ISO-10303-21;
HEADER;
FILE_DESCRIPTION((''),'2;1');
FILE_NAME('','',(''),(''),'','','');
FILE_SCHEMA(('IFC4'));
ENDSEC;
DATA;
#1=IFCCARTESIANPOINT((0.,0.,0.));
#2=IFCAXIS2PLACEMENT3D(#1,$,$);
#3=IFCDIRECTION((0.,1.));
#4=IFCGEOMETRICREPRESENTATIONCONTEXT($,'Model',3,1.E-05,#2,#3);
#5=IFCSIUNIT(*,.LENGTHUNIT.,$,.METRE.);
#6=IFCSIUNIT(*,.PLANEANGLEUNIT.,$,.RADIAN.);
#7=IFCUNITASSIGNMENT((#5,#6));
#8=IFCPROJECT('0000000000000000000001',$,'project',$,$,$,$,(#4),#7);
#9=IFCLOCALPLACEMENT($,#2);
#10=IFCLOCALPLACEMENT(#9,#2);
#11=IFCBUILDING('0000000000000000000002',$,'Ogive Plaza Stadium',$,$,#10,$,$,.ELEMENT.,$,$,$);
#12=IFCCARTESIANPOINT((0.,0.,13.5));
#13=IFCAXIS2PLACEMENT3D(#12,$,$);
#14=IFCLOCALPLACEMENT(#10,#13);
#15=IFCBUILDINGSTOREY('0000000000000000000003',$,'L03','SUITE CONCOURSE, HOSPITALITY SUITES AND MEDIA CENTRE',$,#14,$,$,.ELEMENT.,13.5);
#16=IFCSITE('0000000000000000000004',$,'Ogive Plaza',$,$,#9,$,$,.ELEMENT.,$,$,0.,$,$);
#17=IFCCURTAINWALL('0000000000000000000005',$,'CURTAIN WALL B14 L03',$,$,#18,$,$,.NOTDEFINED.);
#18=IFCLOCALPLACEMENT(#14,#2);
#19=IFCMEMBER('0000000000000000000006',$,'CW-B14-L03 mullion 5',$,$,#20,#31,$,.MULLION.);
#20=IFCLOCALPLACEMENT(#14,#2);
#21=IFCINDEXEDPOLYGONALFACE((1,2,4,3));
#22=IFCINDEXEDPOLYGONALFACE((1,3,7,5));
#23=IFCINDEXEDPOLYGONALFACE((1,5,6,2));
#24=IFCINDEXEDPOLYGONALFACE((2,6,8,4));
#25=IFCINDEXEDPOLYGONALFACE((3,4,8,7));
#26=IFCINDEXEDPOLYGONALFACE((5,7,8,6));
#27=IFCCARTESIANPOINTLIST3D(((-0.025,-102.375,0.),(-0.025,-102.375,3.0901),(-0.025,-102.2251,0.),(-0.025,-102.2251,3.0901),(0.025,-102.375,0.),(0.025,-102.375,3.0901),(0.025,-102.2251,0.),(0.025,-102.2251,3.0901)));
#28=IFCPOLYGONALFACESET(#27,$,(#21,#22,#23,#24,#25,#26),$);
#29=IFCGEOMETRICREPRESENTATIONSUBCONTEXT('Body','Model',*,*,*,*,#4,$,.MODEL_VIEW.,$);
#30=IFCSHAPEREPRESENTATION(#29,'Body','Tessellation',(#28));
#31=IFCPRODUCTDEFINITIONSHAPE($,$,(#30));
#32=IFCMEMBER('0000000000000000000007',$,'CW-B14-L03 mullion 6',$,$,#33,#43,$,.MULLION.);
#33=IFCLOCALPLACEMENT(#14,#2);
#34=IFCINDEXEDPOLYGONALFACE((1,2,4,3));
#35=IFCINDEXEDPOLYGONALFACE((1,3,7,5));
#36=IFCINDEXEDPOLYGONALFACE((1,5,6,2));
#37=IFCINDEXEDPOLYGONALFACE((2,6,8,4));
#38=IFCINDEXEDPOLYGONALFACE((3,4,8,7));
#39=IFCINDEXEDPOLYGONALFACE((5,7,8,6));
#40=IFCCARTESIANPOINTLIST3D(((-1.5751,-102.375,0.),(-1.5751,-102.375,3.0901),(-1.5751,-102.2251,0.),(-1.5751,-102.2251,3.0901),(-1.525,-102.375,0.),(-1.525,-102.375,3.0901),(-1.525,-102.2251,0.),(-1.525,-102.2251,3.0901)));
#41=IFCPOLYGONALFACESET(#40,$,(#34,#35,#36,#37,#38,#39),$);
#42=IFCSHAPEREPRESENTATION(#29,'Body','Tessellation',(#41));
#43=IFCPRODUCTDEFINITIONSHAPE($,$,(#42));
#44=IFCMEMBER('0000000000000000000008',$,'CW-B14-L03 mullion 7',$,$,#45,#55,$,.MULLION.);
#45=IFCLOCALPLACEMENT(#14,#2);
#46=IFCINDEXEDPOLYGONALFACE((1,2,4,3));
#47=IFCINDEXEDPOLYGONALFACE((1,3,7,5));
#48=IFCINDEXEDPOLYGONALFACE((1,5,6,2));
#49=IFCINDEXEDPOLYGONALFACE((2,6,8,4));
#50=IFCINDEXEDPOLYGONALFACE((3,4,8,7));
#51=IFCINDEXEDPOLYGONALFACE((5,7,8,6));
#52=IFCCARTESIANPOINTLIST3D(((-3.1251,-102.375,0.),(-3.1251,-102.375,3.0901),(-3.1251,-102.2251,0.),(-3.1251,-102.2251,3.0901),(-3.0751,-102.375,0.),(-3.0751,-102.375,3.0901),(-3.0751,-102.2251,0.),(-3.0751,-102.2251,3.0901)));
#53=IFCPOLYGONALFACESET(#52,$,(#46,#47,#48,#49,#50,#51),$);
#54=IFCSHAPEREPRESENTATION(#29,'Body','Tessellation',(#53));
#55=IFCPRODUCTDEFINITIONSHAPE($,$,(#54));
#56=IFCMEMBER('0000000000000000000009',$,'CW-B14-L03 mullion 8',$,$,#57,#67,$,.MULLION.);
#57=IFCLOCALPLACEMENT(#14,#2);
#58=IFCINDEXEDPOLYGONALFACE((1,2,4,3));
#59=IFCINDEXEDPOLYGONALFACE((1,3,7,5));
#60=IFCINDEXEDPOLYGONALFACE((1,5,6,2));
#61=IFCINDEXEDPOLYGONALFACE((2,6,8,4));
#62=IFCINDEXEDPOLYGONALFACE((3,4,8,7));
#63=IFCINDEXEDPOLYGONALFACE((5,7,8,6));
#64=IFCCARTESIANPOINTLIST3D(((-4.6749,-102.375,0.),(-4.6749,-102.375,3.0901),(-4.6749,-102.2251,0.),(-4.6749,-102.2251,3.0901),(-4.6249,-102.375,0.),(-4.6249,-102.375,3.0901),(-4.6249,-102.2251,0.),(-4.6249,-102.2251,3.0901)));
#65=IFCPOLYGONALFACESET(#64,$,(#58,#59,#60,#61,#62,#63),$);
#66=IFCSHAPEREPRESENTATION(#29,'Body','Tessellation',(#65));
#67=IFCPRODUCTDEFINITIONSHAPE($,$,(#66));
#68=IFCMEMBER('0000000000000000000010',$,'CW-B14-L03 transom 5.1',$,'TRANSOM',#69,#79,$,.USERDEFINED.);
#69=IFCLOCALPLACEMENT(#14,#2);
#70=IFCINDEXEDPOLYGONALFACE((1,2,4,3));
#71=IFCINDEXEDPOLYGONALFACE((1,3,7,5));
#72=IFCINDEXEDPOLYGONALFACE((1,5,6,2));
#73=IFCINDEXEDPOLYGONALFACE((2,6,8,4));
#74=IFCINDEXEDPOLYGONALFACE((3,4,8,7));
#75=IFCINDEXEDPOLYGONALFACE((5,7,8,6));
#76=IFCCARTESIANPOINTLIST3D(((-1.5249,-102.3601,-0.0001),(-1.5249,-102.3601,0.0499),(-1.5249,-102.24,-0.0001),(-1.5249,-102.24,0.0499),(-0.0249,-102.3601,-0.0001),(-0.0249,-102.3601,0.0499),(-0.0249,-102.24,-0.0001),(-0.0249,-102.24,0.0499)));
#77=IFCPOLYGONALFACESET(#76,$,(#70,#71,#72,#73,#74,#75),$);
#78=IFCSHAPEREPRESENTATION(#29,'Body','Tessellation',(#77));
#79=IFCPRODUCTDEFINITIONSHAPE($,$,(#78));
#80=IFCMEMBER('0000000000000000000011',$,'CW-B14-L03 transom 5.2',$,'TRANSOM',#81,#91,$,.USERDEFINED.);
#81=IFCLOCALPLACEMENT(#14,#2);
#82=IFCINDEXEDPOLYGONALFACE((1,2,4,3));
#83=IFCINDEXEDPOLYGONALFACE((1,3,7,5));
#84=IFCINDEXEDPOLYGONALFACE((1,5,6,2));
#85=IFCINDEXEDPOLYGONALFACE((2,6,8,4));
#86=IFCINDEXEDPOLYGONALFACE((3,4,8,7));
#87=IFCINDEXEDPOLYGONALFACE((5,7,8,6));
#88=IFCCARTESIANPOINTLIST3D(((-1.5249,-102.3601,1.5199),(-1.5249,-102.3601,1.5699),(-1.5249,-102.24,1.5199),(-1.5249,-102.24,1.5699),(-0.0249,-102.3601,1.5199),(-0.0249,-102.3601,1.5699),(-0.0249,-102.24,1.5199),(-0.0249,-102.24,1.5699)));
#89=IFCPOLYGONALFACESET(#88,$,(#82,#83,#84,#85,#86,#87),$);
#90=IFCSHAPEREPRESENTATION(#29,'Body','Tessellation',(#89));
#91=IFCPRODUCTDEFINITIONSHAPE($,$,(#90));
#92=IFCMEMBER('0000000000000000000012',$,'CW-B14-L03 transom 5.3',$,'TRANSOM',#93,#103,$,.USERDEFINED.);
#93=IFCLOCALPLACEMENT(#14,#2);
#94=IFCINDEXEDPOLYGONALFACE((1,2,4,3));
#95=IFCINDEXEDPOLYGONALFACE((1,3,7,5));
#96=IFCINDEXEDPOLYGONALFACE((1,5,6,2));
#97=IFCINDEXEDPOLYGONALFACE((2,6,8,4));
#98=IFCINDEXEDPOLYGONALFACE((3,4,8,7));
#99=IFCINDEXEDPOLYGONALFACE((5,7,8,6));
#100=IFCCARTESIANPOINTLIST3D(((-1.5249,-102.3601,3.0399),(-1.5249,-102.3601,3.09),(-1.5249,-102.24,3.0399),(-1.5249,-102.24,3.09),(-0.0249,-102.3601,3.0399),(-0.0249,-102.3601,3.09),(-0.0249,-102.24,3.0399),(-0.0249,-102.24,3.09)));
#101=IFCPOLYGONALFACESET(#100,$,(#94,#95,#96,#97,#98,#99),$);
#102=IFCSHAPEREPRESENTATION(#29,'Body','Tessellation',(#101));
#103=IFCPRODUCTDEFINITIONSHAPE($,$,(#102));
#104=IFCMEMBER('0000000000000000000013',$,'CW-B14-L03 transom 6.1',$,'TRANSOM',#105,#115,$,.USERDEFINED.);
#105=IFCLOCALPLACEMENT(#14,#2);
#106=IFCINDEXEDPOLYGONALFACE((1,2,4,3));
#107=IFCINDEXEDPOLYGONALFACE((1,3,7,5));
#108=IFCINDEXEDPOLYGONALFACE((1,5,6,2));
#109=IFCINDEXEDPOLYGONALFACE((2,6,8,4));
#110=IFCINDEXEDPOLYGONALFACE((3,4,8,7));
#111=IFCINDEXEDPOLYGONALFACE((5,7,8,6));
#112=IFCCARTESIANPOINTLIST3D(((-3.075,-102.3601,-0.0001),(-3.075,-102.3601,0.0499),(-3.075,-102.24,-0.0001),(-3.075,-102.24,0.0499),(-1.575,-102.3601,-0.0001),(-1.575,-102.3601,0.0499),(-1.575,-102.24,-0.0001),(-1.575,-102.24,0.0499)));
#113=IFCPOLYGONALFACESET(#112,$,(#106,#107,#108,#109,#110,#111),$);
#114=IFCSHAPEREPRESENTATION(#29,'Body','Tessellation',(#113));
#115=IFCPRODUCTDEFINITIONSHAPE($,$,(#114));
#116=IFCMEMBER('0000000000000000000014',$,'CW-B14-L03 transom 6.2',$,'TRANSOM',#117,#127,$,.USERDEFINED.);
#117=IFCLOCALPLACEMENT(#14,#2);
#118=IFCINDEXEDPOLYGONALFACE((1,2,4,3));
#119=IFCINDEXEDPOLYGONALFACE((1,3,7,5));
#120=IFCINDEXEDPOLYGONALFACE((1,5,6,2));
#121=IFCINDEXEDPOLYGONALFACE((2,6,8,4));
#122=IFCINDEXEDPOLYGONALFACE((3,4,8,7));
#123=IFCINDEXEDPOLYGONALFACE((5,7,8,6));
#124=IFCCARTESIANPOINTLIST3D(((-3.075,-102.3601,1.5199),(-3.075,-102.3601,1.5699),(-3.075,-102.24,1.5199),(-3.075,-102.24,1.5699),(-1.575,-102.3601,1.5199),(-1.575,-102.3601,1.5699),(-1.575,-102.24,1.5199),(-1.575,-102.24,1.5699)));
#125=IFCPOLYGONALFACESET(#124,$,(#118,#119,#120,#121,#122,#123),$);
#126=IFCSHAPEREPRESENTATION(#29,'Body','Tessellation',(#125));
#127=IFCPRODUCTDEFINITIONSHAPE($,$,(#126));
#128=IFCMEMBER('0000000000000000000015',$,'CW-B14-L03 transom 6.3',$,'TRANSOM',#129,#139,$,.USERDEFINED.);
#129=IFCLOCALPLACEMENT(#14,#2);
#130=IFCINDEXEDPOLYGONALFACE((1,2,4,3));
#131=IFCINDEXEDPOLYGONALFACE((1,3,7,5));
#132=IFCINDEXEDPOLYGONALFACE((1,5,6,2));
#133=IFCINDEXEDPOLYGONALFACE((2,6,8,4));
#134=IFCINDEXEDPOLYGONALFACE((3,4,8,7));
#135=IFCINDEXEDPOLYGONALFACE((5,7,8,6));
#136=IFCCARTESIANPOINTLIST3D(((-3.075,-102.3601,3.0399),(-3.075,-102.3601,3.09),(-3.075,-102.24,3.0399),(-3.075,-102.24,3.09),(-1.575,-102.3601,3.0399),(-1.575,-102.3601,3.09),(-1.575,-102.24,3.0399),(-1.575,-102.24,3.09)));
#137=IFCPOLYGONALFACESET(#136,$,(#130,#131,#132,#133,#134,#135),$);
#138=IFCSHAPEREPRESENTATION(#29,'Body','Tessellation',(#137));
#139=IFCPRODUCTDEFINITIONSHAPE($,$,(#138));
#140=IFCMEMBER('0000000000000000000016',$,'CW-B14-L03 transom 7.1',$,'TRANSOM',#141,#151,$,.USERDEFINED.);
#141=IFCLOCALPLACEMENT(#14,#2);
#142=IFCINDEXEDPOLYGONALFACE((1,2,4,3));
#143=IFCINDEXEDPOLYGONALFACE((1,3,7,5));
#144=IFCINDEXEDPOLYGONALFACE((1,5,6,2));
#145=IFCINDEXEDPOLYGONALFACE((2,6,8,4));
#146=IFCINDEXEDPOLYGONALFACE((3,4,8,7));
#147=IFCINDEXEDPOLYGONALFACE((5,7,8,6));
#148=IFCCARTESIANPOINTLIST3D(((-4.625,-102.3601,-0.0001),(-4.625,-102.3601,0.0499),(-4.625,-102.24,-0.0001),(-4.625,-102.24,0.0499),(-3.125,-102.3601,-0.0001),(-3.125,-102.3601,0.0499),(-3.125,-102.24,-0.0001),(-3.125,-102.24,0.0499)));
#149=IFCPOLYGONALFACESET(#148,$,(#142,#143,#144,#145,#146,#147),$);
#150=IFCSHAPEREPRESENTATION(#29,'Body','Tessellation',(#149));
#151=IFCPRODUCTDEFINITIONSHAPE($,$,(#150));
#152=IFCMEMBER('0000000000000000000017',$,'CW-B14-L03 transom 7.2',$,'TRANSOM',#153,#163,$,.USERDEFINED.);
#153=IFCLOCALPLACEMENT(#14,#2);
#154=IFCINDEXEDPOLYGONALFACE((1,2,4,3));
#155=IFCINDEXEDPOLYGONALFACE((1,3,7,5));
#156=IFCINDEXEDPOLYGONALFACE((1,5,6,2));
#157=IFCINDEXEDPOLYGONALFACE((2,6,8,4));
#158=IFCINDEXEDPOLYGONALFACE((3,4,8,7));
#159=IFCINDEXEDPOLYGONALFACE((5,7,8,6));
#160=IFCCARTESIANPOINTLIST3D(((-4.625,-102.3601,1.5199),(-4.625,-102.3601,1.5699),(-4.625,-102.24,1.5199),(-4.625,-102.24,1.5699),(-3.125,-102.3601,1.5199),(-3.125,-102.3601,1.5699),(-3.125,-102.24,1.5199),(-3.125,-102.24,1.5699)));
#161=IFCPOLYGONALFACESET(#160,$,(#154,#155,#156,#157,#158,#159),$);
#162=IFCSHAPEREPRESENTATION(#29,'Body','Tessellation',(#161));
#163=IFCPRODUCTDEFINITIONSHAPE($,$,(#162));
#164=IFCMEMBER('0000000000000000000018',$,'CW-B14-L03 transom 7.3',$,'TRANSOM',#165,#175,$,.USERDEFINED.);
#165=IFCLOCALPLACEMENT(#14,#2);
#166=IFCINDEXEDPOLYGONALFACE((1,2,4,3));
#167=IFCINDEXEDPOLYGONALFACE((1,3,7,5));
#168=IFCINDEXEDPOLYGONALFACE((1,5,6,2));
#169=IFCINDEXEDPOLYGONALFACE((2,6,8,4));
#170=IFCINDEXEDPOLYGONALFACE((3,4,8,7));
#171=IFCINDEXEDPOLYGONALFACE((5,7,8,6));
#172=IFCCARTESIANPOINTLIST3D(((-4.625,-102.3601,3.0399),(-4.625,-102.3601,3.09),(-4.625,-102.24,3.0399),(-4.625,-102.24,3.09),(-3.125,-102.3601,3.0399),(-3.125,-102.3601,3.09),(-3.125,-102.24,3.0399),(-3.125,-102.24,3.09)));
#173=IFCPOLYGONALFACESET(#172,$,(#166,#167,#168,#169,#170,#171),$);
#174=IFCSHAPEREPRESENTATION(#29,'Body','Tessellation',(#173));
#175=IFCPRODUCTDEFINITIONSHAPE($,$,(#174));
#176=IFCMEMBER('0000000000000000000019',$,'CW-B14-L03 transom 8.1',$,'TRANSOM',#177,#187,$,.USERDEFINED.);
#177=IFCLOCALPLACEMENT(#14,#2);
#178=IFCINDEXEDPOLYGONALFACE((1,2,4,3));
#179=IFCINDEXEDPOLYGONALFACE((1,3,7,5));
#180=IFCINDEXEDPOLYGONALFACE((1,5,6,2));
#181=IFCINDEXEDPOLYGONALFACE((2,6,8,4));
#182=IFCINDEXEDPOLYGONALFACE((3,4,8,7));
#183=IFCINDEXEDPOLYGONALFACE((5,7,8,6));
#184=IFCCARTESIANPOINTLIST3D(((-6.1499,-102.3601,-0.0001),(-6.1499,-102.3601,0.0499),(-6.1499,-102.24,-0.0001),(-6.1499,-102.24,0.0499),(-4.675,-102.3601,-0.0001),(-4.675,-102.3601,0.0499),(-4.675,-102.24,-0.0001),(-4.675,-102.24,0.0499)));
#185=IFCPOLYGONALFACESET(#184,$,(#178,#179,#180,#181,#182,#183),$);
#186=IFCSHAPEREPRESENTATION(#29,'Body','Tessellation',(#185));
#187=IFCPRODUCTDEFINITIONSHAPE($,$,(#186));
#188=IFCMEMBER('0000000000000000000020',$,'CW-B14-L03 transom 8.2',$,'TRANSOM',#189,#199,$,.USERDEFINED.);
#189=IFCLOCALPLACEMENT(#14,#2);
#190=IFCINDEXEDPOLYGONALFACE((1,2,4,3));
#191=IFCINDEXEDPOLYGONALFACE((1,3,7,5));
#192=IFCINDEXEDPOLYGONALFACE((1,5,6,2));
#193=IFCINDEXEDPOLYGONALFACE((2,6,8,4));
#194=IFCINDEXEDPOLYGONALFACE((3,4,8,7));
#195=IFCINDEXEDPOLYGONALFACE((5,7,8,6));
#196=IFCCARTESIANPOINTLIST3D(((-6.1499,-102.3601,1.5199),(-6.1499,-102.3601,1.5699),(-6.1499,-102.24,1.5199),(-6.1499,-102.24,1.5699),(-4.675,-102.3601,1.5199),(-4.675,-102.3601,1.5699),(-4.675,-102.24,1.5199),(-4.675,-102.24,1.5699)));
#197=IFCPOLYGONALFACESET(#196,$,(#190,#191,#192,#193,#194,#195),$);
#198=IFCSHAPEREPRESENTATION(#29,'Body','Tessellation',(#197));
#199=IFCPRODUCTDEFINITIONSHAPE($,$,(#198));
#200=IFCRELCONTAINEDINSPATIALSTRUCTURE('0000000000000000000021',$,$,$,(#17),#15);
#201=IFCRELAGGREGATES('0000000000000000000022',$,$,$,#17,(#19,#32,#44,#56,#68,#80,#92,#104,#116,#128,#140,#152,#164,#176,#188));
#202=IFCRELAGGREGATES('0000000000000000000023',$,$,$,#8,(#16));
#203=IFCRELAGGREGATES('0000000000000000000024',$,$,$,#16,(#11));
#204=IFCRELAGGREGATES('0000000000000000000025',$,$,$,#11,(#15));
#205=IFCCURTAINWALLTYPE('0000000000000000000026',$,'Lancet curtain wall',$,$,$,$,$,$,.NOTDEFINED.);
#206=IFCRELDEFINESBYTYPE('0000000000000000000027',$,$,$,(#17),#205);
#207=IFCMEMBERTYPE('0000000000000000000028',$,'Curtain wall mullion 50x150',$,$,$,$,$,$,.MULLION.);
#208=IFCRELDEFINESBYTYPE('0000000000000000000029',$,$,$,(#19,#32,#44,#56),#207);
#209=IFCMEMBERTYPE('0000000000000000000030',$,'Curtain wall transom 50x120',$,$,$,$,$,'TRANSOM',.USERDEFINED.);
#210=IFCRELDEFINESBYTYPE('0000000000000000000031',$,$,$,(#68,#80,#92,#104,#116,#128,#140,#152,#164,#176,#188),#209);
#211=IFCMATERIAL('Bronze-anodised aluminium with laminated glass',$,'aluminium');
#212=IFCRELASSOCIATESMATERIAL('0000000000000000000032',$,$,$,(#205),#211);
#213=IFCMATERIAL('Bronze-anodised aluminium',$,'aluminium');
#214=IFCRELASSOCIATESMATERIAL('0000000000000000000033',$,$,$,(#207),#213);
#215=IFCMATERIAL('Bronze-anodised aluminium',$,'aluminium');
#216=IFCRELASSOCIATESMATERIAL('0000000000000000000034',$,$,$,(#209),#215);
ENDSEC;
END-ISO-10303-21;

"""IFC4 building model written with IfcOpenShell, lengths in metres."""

from ifc_helpers import new_model, si_unit, direction, frame, origin, origin_2d, place, context, subcontext, project, spatial, rectangle, extrude, material, material_profile, profile_set, type_object, element, aggregate, save


model = new_model("IFC4")

# Units and contexts
model_context = context("Model", 3, precision=1e-05, world=origin(), true_north=direction((0.0, 1.0)))
body_context = subcontext(model_context, "Body", "Model", "MODEL_VIEW")
ifc_project = project(units=[si_unit("LENGTHUNIT", "METRE"), si_unit("PLANEANGLEUNIT", "RADIAN")], contexts=[model_context])

# Site, building, storey
site_placement = place(None, origin())
site = spatial("IfcSite", under=ifc_project, at=site_placement, Name="Ogive Plaza", CompositionType="ELEMENT", RefElevation=0.0)
building_placement = place(site_placement, origin())
building = spatial("IfcBuilding", under=site, at=building_placement, Name="Ogive Plaza Stadium", CompositionType="ELEMENT")
storey_placement = place(building_placement, frame((0.0, 0.0, 13.5)))
storey = spatial("IfcBuildingStorey", under=building, at=storey_placement, Name="L03", Description="SUITE CONCOURSE, HOSPITALITY SUITES AND MEDIA CENTRE", CompositionType="ELEMENT", Elevation=13.5)

# Curtain wall, members
ifc_material_1 = material(Name="Bronze-anodised aluminium with laminated glass", Category="aluminium")
curtain_wall_type = type_object("IfcCurtainWallType", Name="Lancet curtain wall", PredefinedType="NOTDEFINED", material=ifc_material_1)
curtain_wall_placement = place(storey_placement, origin())
curtain_wall = element("IfcCurtainWall", 1, at=curtain_wall_placement, inside=storey, type_object=curtain_wall_type, Name="CURTAIN WALL B14 L03", PredefinedType="NOTDEFINED")
ifc_material_2 = material(Name="Bronze-anodised aluminium", Category="aluminium")
ifc_material_profile_1 = material_profile(ifc_material_2, rectangle(XDim=0.1499, YDim=0.05, at=origin_2d()), Name="AL 150x50")
ifc_profile_set_1 = profile_set([ifc_material_profile_1], Name="Bronze-anodised aluminium")
member_type_1 = type_object("IfcMemberType", Name="Curtain wall mullion 50x150", PredefinedType="MULLION", material=ifc_profile_set_1)
member_1_placement = place(storey_placement, frame((0.0, -102.3, 0.0), z_axis=(0.0, 0.0, 1.0), x_axis=(0.0, -1.0, 0.0)))
member_1 = element("IfcMember", 2, at=member_1_placement, type_object=member_type_1, Name="CW-B14-L03 mullion 5", PredefinedType="MULLION", context=body_context, shape_type="SweptSolid", body=[
    extrude(rectangle(XDim=0.1499, YDim=0.05, at=origin_2d()), origin(), (0.0, 0.0, 1.0), 3.0901),
])
member_2_placement = place(storey_placement, frame((-1.55, -102.3, 0.0), z_axis=(0.0, 0.0, 1.0), x_axis=(0.0, -1.0, 0.0)))
member_2 = element("IfcMember", 3, at=member_2_placement, type_object=member_type_1, Name="CW-B14-L03 mullion 6", PredefinedType="MULLION", context=body_context, shape_type="SweptSolid", body=[
    extrude(rectangle(XDim=0.1499, YDim=0.05, at=origin_2d()), origin(), (0.0, 0.0, 1.0), 3.0901),
])
member_3_placement = place(storey_placement, frame((-3.1001, -102.3, 0.0), z_axis=(0.0, 0.0, 1.0), x_axis=(0.0, -1.0, 0.0)))
member_3 = element("IfcMember", 4, at=member_3_placement, type_object=member_type_1, Name="CW-B14-L03 mullion 7", PredefinedType="MULLION", context=body_context, shape_type="SweptSolid", body=[
    extrude(rectangle(XDim=0.1499, YDim=0.05, at=origin_2d()), origin(), (0.0, 0.0, 1.0), 3.0901),
])
member_4_placement = place(storey_placement, frame((-4.6499, -102.3, 0.0), z_axis=(0.0, 0.0, 1.0), x_axis=(0.0, -1.0, 0.0)))
member_4 = element("IfcMember", 5, at=member_4_placement, type_object=member_type_1, Name="CW-B14-L03 mullion 8", PredefinedType="MULLION", context=body_context, shape_type="SweptSolid", body=[
    extrude(rectangle(XDim=0.1499, YDim=0.05, at=origin_2d()), origin(), (0.0, 0.0, 1.0), 3.0901),
])
ifc_material_3 = material(Name="Bronze-anodised aluminium", Category="aluminium")
ifc_material_profile_2 = material_profile(ifc_material_3, rectangle(XDim=0.1201, YDim=0.05, at=origin_2d()), Name="AL 120x50")
ifc_profile_set_2 = profile_set([ifc_material_profile_2], Name="Bronze-anodised aluminium")
member_type_2 = type_object("IfcMemberType", Name="Curtain wall transom 50x120", ElementType="TRANSOM", PredefinedType="USERDEFINED", material=ifc_profile_set_2)
member_5_placement = place(storey_placement, frame((-0.0249, -102.3, 0.0249), z_axis=(-1.0, 0.0, 0.0), x_axis=(0.0, -1.0, 0.0)))
member_5 = element("IfcMember", 6, at=member_5_placement, type_object=member_type_2, Name="CW-B14-L03 transom 5.1", ObjectType="TRANSOM", PredefinedType="USERDEFINED", context=body_context, shape_type="SweptSolid", body=[
    extrude(rectangle(XDim=0.1201, YDim=0.05, at=origin_2d()), origin(), (0.0, 0.0, 1.0), 1.5),
])
member_6_placement = place(storey_placement, frame((-0.0249, -102.3, 1.5449), z_axis=(-1.0, 0.0, 0.0), x_axis=(0.0, -1.0, 0.0)))
member_6 = element("IfcMember", 7, at=member_6_placement, type_object=member_type_2, Name="CW-B14-L03 transom 5.2", ObjectType="TRANSOM", PredefinedType="USERDEFINED", context=body_context, shape_type="SweptSolid", body=[
    extrude(rectangle(XDim=0.1201, YDim=0.05, at=origin_2d()), origin(), (0.0, 0.0, 1.0), 1.5),
])
member_7_placement = place(storey_placement, frame((-0.0249, -102.3, 3.0649), z_axis=(-1.0, 0.0, 0.0), x_axis=(0.0, -1.0, 0.0)))
member_7 = element("IfcMember", 8, at=member_7_placement, type_object=member_type_2, Name="CW-B14-L03 transom 5.3", ObjectType="TRANSOM", PredefinedType="USERDEFINED", context=body_context, shape_type="SweptSolid", body=[
    extrude(rectangle(XDim=0.1201, YDim=0.05, at=origin_2d()), origin(), (0.0, 0.0, 1.0), 1.5),
])
member_8_placement = place(storey_placement, frame((-1.575, -102.3, 0.0249), z_axis=(-1.0, 0.0, 0.0), x_axis=(0.0, -1.0, 0.0)))
member_8 = element("IfcMember", 9, at=member_8_placement, type_object=member_type_2, Name="CW-B14-L03 transom 6.1", ObjectType="TRANSOM", PredefinedType="USERDEFINED", context=body_context, shape_type="SweptSolid", body=[
    extrude(rectangle(XDim=0.1201, YDim=0.05, at=origin_2d()), origin(), (0.0, 0.0, 1.0), 1.5),
])
member_9_placement = place(storey_placement, frame((-1.575, -102.3, 1.5449), z_axis=(-1.0, 0.0, 0.0), x_axis=(0.0, -1.0, 0.0)))
member_9 = element("IfcMember", 10, at=member_9_placement, type_object=member_type_2, Name="CW-B14-L03 transom 6.2", ObjectType="TRANSOM", PredefinedType="USERDEFINED", context=body_context, shape_type="SweptSolid", body=[
    extrude(rectangle(XDim=0.1201, YDim=0.05, at=origin_2d()), origin(), (0.0, 0.0, 1.0), 1.5),
])
member_10_placement = place(storey_placement, frame((-1.575, -102.3, 3.0649), z_axis=(-1.0, 0.0, 0.0), x_axis=(0.0, -1.0, 0.0)))
member_10 = element("IfcMember", 11, at=member_10_placement, type_object=member_type_2, Name="CW-B14-L03 transom 6.3", ObjectType="TRANSOM", PredefinedType="USERDEFINED", context=body_context, shape_type="SweptSolid", body=[
    extrude(rectangle(XDim=0.1201, YDim=0.05, at=origin_2d()), origin(), (0.0, 0.0, 1.0), 1.5),
])
member_11_placement = place(storey_placement, frame((-3.125, -102.3, 0.0249), z_axis=(-1.0, 0.0, 0.0), x_axis=(0.0, -1.0, 0.0)))
member_11 = element("IfcMember", 12, at=member_11_placement, type_object=member_type_2, Name="CW-B14-L03 transom 7.1", ObjectType="TRANSOM", PredefinedType="USERDEFINED", context=body_context, shape_type="SweptSolid", body=[
    extrude(rectangle(XDim=0.1201, YDim=0.05, at=origin_2d()), origin(), (0.0, 0.0, 1.0), 1.5),
])
member_12_placement = place(storey_placement, frame((-3.125, -102.3, 1.5449), z_axis=(-1.0, 0.0, 0.0), x_axis=(0.0, -1.0, 0.0)))
member_12 = element("IfcMember", 13, at=member_12_placement, type_object=member_type_2, Name="CW-B14-L03 transom 7.2", ObjectType="TRANSOM", PredefinedType="USERDEFINED", context=body_context, shape_type="SweptSolid", body=[
    extrude(rectangle(XDim=0.1201, YDim=0.05, at=origin_2d()), origin(), (0.0, 0.0, 1.0), 1.5),
])
member_13_placement = place(storey_placement, frame((-3.125, -102.3, 3.0649), z_axis=(-1.0, 0.0, 0.0), x_axis=(0.0, -1.0, 0.0)))
member_13 = element("IfcMember", 14, at=member_13_placement, type_object=member_type_2, Name="CW-B14-L03 transom 7.3", ObjectType="TRANSOM", PredefinedType="USERDEFINED", context=body_context, shape_type="SweptSolid", body=[
    extrude(rectangle(XDim=0.1201, YDim=0.05, at=origin_2d()), origin(), (0.0, 0.0, 1.0), 1.5),
])
member_14_placement = place(storey_placement, frame((-4.675, -102.3, 0.0249), z_axis=(-1.0, 0.0, 0.0), x_axis=(0.0, -1.0, 0.0)))
member_14 = element("IfcMember", 15, at=member_14_placement, type_object=member_type_2, Name="CW-B14-L03 transom 8.1", ObjectType="TRANSOM", PredefinedType="USERDEFINED", context=body_context, shape_type="SweptSolid", body=[
    extrude(rectangle(XDim=0.1201, YDim=0.05, at=origin_2d()), origin(), (0.0, 0.0, 1.0), 1.4749),
])
member_15_placement = place(storey_placement, frame((-4.675, -102.3, 1.5449), z_axis=(-1.0, 0.0, 0.0), x_axis=(0.0, -1.0, 0.0)))
member_15 = element("IfcMember", 16, at=member_15_placement, type_object=member_type_2, Name="CW-B14-L03 transom 8.2", ObjectType="TRANSOM", PredefinedType="USERDEFINED", context=body_context, shape_type="SweptSolid", body=[
    extrude(rectangle(XDim=0.1201, YDim=0.05, at=origin_2d()), origin(), (0.0, 0.0, 1.0), 1.4749),
])
aggregate(curtain_wall, [member_1, member_2, member_3, member_4, member_5, member_6, member_7, member_8, member_9, member_10, member_11, member_12, member_13, member_14, member_15])

save(model, "model.ifc")
